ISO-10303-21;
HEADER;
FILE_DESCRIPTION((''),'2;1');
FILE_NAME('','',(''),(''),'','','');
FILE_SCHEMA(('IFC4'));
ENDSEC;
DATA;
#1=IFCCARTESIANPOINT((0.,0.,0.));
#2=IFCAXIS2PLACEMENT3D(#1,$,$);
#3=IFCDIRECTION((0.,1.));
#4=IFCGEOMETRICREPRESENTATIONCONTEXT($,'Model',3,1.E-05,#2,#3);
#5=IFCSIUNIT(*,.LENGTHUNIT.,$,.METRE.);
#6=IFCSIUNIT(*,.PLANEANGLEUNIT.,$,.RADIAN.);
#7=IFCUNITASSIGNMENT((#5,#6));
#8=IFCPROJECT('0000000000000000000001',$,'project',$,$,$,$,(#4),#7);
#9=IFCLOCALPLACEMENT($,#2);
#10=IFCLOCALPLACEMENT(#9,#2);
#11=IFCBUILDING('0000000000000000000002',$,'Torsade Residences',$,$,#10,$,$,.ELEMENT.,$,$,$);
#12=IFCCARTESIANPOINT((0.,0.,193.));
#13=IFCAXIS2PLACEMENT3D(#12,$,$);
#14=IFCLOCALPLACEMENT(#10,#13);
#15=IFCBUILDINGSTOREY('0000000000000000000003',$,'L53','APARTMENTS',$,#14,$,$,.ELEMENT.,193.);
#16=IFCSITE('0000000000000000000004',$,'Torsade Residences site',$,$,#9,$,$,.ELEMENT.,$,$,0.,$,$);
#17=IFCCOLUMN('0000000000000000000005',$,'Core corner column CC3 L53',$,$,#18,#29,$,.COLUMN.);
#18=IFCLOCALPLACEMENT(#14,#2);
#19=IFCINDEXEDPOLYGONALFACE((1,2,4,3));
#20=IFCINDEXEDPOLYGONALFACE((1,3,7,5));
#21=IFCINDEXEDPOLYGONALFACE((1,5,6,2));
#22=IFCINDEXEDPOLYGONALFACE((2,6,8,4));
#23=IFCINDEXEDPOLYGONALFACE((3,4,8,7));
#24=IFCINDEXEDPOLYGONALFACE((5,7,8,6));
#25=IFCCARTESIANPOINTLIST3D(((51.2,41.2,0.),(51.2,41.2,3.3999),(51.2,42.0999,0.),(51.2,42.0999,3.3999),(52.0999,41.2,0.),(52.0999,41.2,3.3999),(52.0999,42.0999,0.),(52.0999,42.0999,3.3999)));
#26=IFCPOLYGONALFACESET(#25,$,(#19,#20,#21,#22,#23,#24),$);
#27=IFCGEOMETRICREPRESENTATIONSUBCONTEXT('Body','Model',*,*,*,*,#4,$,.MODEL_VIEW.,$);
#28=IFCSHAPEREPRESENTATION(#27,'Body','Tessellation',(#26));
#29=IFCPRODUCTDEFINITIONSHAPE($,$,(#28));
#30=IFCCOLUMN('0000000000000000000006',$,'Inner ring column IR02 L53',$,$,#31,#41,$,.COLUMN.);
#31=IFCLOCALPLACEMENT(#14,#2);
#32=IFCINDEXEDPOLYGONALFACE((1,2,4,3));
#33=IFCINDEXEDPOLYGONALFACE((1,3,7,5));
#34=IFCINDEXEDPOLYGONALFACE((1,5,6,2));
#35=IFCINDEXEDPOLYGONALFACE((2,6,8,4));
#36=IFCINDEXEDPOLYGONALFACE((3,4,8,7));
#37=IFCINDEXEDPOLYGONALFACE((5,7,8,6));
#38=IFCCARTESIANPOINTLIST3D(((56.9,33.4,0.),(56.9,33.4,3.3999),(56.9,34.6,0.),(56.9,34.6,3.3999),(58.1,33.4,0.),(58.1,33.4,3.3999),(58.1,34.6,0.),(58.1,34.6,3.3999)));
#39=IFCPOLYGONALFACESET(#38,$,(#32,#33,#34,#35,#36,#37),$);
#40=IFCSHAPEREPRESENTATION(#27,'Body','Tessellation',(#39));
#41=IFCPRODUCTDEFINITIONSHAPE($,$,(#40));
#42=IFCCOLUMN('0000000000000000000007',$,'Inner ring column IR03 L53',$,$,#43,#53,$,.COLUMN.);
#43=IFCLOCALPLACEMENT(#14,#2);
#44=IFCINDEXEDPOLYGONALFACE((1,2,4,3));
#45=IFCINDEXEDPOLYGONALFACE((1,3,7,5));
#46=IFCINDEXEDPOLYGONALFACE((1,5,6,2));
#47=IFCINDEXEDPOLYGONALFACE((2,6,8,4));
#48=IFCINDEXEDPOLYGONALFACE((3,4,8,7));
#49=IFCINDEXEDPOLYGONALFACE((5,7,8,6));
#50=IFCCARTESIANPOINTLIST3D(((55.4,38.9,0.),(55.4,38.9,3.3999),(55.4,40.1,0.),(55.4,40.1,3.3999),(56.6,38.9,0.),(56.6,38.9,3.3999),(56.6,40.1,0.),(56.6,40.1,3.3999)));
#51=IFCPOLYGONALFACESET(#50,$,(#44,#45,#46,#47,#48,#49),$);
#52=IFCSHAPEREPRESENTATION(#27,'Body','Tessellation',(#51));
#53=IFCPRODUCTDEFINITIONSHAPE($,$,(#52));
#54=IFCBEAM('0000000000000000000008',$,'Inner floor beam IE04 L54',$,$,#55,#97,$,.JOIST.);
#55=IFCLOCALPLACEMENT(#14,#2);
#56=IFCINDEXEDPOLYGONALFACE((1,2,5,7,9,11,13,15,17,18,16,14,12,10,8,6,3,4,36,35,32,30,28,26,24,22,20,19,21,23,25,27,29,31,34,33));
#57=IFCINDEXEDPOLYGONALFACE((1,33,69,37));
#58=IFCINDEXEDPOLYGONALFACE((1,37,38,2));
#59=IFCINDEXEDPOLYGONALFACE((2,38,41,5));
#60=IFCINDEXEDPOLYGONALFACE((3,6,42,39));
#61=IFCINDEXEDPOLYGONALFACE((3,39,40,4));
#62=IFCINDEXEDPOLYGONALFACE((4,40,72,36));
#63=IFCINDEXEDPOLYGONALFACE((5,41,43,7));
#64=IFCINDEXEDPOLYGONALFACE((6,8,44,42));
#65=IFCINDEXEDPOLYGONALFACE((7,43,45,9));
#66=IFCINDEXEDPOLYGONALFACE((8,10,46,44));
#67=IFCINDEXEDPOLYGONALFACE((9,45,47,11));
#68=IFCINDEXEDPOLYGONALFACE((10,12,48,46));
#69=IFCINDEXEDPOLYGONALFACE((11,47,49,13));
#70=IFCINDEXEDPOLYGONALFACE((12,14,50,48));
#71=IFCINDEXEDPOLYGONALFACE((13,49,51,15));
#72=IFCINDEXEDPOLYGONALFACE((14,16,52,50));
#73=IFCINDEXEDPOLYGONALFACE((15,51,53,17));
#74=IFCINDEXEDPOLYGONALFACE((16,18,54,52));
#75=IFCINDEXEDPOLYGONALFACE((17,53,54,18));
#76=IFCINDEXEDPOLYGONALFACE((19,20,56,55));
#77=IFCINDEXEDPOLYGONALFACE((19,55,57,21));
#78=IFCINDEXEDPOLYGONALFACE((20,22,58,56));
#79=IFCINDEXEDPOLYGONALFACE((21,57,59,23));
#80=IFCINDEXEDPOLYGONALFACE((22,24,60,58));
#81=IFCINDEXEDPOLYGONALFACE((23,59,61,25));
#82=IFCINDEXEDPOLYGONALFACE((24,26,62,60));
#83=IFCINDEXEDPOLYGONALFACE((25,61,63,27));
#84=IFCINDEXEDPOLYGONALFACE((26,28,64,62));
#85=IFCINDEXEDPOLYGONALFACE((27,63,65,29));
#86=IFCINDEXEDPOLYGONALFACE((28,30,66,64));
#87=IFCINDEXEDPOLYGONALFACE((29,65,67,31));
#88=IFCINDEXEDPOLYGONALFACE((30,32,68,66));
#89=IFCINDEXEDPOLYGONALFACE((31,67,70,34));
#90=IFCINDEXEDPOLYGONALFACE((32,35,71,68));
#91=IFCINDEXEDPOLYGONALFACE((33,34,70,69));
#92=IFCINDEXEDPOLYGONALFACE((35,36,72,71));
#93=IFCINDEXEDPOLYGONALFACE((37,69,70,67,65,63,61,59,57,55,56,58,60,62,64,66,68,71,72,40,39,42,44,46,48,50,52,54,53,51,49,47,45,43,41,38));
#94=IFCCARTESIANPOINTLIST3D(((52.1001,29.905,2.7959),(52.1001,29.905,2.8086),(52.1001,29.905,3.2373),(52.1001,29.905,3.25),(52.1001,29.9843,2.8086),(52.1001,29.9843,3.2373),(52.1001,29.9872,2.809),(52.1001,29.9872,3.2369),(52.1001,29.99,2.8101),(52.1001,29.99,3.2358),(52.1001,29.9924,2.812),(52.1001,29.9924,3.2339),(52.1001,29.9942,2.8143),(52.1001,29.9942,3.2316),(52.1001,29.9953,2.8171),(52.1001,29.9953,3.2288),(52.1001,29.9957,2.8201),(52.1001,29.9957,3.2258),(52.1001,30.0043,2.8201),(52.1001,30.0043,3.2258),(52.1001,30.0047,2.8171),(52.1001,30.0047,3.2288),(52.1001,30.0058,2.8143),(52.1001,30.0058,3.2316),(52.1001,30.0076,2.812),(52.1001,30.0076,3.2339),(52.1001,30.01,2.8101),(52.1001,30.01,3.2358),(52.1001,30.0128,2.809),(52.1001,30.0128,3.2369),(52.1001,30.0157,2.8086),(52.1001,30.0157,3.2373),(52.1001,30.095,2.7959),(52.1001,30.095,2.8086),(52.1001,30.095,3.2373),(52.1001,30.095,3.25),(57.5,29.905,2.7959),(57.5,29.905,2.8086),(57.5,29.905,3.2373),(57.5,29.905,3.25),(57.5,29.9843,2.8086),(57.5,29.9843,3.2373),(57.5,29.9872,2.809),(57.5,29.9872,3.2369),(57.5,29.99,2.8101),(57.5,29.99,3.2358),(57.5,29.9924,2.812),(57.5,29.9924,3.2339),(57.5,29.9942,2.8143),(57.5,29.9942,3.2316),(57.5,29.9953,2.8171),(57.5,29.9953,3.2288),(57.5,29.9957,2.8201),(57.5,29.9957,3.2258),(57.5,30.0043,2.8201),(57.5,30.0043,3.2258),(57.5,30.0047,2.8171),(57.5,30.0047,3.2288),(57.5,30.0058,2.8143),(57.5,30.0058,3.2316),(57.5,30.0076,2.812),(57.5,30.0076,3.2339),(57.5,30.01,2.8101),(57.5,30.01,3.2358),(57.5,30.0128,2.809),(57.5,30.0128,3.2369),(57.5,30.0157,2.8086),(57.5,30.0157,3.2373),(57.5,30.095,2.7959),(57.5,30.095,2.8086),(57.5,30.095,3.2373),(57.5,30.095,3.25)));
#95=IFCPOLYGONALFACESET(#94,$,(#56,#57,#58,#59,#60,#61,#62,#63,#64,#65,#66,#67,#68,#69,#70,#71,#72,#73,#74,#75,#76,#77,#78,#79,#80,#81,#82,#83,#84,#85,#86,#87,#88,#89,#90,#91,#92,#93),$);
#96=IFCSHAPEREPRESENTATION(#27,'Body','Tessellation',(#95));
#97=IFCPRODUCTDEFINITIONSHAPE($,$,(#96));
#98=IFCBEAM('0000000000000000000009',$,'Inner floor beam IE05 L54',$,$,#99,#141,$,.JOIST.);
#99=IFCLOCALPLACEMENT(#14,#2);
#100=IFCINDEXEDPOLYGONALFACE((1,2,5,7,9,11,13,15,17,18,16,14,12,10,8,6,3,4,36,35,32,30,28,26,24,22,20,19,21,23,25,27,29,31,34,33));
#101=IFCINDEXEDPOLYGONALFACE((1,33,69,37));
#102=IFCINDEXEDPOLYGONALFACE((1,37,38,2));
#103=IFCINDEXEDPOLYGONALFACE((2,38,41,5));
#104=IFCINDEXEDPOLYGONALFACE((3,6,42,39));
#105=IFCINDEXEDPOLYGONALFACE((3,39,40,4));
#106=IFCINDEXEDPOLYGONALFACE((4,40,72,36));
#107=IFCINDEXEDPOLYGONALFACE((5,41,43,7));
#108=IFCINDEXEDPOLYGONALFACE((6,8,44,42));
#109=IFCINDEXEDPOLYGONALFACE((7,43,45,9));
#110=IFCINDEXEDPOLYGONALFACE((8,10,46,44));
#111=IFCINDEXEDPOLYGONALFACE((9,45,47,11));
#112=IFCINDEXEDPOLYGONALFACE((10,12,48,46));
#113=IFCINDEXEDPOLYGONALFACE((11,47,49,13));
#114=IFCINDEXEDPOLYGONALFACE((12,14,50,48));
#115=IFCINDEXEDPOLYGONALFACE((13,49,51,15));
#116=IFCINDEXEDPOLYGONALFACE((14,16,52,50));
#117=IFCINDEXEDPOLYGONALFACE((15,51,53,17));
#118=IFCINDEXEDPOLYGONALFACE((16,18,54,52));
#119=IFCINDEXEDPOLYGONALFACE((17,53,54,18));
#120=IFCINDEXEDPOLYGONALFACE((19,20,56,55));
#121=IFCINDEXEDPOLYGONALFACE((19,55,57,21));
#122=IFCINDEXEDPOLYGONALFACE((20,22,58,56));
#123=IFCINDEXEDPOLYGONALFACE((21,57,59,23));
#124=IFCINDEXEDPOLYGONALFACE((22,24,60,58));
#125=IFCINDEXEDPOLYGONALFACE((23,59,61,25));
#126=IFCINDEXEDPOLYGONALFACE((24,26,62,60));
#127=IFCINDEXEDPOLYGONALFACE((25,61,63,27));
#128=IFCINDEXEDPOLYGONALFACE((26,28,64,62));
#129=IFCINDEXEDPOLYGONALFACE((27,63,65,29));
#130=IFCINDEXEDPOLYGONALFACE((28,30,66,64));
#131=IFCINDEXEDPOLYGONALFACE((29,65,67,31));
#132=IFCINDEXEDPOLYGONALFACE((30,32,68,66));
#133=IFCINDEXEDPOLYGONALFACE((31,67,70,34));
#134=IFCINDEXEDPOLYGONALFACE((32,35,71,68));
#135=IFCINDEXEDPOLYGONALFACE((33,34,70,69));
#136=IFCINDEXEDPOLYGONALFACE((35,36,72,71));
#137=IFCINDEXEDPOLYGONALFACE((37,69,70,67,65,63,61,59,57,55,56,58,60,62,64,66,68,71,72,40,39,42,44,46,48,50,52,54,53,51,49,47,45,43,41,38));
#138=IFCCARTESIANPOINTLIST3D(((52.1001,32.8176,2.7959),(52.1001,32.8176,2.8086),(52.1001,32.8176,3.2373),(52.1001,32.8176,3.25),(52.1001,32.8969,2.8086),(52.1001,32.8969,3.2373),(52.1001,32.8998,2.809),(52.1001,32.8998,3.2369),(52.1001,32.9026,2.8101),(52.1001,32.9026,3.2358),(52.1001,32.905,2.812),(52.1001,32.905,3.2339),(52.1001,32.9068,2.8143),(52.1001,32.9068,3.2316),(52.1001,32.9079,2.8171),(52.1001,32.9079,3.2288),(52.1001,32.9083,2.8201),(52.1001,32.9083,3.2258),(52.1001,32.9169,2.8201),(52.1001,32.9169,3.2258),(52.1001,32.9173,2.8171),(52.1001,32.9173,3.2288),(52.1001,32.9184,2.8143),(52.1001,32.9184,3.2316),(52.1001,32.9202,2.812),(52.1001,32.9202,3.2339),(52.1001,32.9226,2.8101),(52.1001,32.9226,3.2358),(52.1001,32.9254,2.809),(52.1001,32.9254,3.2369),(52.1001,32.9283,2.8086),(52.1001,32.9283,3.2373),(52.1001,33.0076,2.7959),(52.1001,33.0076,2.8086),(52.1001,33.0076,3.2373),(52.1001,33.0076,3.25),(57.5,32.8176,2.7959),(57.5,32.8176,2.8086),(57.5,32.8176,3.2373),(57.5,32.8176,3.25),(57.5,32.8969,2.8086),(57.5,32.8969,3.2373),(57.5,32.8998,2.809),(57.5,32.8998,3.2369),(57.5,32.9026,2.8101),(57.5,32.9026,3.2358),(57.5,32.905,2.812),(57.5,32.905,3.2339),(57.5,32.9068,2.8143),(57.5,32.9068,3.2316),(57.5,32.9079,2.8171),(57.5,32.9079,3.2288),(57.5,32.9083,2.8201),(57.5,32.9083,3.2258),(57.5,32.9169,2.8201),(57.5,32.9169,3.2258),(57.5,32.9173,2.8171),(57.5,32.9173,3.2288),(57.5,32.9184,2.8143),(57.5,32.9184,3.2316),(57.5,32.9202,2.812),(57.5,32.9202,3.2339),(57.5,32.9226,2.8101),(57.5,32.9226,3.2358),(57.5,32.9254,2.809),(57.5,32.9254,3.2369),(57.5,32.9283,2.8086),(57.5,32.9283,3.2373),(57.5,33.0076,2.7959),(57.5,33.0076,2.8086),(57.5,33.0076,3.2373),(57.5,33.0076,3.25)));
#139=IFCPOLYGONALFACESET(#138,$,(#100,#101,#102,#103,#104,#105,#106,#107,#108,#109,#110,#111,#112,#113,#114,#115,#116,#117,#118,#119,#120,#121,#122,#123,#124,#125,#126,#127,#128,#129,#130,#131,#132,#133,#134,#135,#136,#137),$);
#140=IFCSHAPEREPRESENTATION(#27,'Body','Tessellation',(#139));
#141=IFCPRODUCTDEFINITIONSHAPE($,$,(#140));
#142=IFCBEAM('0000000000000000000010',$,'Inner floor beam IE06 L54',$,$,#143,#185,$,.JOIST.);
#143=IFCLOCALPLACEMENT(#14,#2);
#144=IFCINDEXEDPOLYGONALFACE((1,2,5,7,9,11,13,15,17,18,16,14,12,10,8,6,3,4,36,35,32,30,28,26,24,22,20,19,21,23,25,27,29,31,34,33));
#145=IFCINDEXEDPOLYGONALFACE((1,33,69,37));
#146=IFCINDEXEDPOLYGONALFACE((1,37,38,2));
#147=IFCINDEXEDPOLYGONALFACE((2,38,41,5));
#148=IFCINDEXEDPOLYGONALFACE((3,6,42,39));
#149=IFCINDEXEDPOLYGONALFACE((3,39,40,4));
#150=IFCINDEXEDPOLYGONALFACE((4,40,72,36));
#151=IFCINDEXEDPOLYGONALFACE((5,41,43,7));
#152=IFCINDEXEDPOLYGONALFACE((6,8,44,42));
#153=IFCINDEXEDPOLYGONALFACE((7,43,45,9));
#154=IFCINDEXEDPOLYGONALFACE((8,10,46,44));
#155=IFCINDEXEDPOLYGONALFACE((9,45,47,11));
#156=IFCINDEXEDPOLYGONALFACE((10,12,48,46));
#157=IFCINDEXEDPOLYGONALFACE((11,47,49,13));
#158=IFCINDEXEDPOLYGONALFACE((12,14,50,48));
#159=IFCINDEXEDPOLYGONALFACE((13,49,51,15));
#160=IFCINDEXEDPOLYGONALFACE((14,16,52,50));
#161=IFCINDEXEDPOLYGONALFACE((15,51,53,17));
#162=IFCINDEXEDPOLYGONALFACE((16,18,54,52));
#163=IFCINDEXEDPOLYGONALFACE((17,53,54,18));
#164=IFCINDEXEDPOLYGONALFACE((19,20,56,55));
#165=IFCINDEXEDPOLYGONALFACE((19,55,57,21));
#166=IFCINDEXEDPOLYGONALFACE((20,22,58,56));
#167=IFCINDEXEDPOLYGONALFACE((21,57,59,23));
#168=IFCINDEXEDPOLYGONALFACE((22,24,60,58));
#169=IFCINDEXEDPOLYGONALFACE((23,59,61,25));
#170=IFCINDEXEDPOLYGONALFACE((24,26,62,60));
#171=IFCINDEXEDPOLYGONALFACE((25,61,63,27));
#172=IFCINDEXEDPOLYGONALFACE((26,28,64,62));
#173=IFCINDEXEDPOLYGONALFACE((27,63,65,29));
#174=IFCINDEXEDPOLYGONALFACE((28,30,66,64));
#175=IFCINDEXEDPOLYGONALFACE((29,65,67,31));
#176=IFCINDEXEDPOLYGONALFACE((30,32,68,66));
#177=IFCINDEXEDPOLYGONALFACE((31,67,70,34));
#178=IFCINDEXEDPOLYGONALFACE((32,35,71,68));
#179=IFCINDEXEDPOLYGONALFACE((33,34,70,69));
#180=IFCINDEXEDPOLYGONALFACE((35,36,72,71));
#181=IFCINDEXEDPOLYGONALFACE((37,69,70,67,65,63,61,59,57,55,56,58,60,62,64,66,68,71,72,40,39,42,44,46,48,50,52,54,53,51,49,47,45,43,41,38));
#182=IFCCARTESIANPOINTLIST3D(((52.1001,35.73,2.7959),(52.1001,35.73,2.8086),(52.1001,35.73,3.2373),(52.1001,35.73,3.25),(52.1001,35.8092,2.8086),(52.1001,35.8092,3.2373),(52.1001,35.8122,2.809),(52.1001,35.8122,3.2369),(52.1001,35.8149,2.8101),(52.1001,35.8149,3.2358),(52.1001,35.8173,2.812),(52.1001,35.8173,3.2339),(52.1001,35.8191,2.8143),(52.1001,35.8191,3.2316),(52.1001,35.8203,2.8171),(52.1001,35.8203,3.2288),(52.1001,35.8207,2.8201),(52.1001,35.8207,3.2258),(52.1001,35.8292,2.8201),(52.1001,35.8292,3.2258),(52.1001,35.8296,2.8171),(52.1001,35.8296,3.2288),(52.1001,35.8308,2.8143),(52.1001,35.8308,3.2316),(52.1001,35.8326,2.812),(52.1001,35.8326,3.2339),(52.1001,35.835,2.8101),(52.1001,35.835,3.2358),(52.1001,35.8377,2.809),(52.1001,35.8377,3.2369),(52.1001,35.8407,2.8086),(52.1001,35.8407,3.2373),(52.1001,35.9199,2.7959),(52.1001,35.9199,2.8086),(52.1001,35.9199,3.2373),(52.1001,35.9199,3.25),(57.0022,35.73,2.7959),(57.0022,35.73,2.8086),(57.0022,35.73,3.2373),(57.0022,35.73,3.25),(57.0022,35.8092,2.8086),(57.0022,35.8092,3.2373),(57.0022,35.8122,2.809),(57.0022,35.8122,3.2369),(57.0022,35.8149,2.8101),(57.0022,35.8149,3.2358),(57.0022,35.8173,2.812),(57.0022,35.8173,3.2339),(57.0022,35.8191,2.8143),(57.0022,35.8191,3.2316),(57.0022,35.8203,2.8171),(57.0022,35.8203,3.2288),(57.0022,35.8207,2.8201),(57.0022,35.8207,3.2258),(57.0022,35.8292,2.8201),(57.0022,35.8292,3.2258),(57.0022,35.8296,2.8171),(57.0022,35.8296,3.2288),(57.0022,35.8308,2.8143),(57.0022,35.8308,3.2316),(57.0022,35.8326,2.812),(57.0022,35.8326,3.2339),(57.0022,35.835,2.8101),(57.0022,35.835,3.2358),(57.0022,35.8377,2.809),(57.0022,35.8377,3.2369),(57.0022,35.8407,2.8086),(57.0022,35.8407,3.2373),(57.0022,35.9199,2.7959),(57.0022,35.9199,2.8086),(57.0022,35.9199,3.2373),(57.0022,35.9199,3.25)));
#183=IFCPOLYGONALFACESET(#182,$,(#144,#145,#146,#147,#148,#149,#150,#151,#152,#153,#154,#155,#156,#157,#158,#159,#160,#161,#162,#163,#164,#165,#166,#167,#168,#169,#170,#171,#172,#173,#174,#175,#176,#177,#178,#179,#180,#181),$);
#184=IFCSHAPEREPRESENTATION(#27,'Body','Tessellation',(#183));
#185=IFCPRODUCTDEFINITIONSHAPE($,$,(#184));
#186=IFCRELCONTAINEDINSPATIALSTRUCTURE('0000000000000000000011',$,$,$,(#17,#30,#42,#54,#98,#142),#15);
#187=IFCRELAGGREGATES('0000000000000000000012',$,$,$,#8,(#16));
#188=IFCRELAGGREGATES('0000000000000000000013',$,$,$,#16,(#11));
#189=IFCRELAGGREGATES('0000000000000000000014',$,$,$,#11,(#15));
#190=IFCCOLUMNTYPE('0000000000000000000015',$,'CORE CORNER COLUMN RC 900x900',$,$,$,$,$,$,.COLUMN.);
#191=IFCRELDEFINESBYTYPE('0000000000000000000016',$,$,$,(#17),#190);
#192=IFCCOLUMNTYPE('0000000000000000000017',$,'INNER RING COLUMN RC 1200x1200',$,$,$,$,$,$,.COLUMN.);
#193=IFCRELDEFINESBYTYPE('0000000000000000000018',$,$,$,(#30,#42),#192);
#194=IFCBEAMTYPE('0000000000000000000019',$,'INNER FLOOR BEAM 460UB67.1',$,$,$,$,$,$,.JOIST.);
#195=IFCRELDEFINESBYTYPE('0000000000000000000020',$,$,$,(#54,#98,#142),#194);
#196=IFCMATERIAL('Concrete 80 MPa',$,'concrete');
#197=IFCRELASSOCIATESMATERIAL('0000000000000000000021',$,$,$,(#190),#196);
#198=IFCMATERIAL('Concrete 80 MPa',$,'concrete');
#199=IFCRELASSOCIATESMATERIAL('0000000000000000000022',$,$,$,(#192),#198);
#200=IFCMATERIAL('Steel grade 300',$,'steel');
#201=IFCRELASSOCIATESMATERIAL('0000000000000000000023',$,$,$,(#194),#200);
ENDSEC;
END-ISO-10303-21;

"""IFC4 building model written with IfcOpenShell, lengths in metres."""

from ifc_helpers import new_model, si_unit, direction, frame, origin, origin_2d, place, context, subcontext, project, spatial, rectangle, i_section, extrude, material, material_profile, profile_set, type_object, element, save


model = new_model("IFC4")

# Units and contexts
model_context = context("Model", 3, precision=1e-05, world=origin(), true_north=direction((0.0, 1.0)))
body_context = subcontext(model_context, "Body", "Model", "MODEL_VIEW")
ifc_project = project(units=[si_unit("LENGTHUNIT", "METRE"), si_unit("PLANEANGLEUNIT", "RADIAN")], contexts=[model_context])

# Site, building, storey
site_placement = place(None, origin())
site = spatial("IfcSite", under=ifc_project, at=site_placement, Name="Torsade Residences site", CompositionType="ELEMENT", RefElevation=0.0)
building_placement = place(site_placement, origin())
building = spatial("IfcBuilding", under=site, at=building_placement, Name="Torsade Residences", CompositionType="ELEMENT")
storey_placement = place(building_placement, frame((0.0, 0.0, 193.0)))
storey = spatial("IfcBuildingStorey", under=building, at=storey_placement, Name="L53", Description="APARTMENTS", CompositionType="ELEMENT", Elevation=193.0)

# Columns
ifc_material_1 = material(Name="Concrete 80 MPa", Category="concrete")
ifc_material_profile_1 = material_profile(ifc_material_1, rectangle(XDim=0.8999, YDim=0.8999, at=origin_2d()), Name="RC 900x900")
ifc_profile_set_1 = profile_set([ifc_material_profile_1], Name="Concrete 80 MPa")
column_type_1 = type_object("IfcColumnType", Name="CORE CORNER COLUMN RC 900x900", PredefinedType="COLUMN", material=ifc_profile_set_1)
column_placement = place(storey_placement, frame((51.6499, 41.6499, 0.0), z_axis=(0.0, 0.0, 1.0), x_axis=(1.0, 0.0, 0.0)))
element("IfcColumn", 1, at=column_placement, inside=storey, type_object=column_type_1, Name="Core corner column CC3 L53", PredefinedType="COLUMN", context=body_context, shape_type="SweptSolid", body=[
    extrude(rectangle(XDim=0.8999, YDim=0.8999, at=origin_2d()), origin(), (0.0, 0.0, 1.0), 3.3999),
])
ifc_material_2 = material(Name="Concrete 80 MPa", Category="concrete")
ifc_material_profile_2 = material_profile(ifc_material_2, rectangle(XDim=1.2, YDim=1.2, at=origin_2d()), Name="RC 1200x1200")
ifc_profile_set_2 = profile_set([ifc_material_profile_2], Name="Concrete 80 MPa")
column_type_2 = type_object("IfcColumnType", Name="INNER RING COLUMN RC 1200x1200", PredefinedType="COLUMN", material=ifc_profile_set_2)
for number, where, z_axis, x_axis, name in (
    (2, (57.5, 34.0, 0.0), (0.0, 0.0, 1.0), (1.0, 0.0, 0.0), "Inner ring column IR02 L53"),
    (3, (56.0, 39.5, 0.0), (0.0, 0.0, 1.0), (1.0, 0.0, 0.0), "Inner ring column IR03 L53"),
):
    element("IfcColumn", number, at=place(storey_placement, frame(where, z_axis=z_axis, x_axis=x_axis)), inside=storey, type_object=column_type_2, Name=name, PredefinedType="COLUMN", context=body_context, shape_type="SweptSolid", body=[
        extrude(rectangle(XDim=1.2, YDim=1.2, at=origin_2d()), origin(), (0.0, 0.0, 1.0), 3.3999),
    ])

# Beams
ifc_material_3 = material(Name="Steel grade 300", Category="steel")
ifc_material_profile_3 = material_profile(ifc_material_3, i_section(OverallWidth=0.1899, OverallDepth=0.4541, WebThickness=0.0085, FlangeThickness=0.0127, FilletRadius=0.0115, at=origin_2d()), Name="460UB67.1")
ifc_profile_set_3 = profile_set([ifc_material_profile_3], Name="Steel grade 300")
beam_type_1 = type_object("IfcBeamType", Name="INNER FLOOR BEAM 460UB67.1", PredefinedType="JOIST", material=ifc_profile_set_3)
for number, where, z_axis, x_axis, name in (
    (4, (52.1001, 30.0, 3.0229), (1.0, 0.0, 0.0), (0.0, 1.0, 0.0), "Inner floor beam IE04 L54"),
    (5, (52.1001, 32.9126, 3.0229), (1.0, 0.0, 0.0), (0.0, 1.0, 0.0), "Inner floor beam IE05 L54"),
):
    element("IfcBeam", number, at=place(storey_placement, frame(where, z_axis=z_axis, x_axis=x_axis)), inside=storey, type_object=beam_type_1, Name=name, PredefinedType="JOIST", context=body_context, shape_type="SweptSolid", body=[
        extrude(i_section(OverallWidth=0.1899, OverallDepth=0.4541, WebThickness=0.0085, FlangeThickness=0.0127, FilletRadius=0.0115, at=origin_2d()), origin(), (0.0, 0.0, 1.0), 5.3999),
    ])
beam_1_placement = place(storey_placement, frame((52.1001, 35.825, 3.0229), z_axis=(1.0, 0.0, 0.0), x_axis=(0.0, 1.0, 0.0)))
element("IfcBeam", 6, at=beam_1_placement, inside=storey, type_object=beam_type_1, Name="Inner floor beam IE06 L54", PredefinedType="JOIST", context=body_context, shape_type="SweptSolid", body=[
    extrude(i_section(OverallWidth=0.1899, OverallDepth=0.4541, WebThickness=0.0085, FlangeThickness=0.0127, FilletRadius=0.0115, at=origin_2d()), origin(), (0.0, 0.0, 1.0), 4.9021),
])

save(model, "model.ifc")
